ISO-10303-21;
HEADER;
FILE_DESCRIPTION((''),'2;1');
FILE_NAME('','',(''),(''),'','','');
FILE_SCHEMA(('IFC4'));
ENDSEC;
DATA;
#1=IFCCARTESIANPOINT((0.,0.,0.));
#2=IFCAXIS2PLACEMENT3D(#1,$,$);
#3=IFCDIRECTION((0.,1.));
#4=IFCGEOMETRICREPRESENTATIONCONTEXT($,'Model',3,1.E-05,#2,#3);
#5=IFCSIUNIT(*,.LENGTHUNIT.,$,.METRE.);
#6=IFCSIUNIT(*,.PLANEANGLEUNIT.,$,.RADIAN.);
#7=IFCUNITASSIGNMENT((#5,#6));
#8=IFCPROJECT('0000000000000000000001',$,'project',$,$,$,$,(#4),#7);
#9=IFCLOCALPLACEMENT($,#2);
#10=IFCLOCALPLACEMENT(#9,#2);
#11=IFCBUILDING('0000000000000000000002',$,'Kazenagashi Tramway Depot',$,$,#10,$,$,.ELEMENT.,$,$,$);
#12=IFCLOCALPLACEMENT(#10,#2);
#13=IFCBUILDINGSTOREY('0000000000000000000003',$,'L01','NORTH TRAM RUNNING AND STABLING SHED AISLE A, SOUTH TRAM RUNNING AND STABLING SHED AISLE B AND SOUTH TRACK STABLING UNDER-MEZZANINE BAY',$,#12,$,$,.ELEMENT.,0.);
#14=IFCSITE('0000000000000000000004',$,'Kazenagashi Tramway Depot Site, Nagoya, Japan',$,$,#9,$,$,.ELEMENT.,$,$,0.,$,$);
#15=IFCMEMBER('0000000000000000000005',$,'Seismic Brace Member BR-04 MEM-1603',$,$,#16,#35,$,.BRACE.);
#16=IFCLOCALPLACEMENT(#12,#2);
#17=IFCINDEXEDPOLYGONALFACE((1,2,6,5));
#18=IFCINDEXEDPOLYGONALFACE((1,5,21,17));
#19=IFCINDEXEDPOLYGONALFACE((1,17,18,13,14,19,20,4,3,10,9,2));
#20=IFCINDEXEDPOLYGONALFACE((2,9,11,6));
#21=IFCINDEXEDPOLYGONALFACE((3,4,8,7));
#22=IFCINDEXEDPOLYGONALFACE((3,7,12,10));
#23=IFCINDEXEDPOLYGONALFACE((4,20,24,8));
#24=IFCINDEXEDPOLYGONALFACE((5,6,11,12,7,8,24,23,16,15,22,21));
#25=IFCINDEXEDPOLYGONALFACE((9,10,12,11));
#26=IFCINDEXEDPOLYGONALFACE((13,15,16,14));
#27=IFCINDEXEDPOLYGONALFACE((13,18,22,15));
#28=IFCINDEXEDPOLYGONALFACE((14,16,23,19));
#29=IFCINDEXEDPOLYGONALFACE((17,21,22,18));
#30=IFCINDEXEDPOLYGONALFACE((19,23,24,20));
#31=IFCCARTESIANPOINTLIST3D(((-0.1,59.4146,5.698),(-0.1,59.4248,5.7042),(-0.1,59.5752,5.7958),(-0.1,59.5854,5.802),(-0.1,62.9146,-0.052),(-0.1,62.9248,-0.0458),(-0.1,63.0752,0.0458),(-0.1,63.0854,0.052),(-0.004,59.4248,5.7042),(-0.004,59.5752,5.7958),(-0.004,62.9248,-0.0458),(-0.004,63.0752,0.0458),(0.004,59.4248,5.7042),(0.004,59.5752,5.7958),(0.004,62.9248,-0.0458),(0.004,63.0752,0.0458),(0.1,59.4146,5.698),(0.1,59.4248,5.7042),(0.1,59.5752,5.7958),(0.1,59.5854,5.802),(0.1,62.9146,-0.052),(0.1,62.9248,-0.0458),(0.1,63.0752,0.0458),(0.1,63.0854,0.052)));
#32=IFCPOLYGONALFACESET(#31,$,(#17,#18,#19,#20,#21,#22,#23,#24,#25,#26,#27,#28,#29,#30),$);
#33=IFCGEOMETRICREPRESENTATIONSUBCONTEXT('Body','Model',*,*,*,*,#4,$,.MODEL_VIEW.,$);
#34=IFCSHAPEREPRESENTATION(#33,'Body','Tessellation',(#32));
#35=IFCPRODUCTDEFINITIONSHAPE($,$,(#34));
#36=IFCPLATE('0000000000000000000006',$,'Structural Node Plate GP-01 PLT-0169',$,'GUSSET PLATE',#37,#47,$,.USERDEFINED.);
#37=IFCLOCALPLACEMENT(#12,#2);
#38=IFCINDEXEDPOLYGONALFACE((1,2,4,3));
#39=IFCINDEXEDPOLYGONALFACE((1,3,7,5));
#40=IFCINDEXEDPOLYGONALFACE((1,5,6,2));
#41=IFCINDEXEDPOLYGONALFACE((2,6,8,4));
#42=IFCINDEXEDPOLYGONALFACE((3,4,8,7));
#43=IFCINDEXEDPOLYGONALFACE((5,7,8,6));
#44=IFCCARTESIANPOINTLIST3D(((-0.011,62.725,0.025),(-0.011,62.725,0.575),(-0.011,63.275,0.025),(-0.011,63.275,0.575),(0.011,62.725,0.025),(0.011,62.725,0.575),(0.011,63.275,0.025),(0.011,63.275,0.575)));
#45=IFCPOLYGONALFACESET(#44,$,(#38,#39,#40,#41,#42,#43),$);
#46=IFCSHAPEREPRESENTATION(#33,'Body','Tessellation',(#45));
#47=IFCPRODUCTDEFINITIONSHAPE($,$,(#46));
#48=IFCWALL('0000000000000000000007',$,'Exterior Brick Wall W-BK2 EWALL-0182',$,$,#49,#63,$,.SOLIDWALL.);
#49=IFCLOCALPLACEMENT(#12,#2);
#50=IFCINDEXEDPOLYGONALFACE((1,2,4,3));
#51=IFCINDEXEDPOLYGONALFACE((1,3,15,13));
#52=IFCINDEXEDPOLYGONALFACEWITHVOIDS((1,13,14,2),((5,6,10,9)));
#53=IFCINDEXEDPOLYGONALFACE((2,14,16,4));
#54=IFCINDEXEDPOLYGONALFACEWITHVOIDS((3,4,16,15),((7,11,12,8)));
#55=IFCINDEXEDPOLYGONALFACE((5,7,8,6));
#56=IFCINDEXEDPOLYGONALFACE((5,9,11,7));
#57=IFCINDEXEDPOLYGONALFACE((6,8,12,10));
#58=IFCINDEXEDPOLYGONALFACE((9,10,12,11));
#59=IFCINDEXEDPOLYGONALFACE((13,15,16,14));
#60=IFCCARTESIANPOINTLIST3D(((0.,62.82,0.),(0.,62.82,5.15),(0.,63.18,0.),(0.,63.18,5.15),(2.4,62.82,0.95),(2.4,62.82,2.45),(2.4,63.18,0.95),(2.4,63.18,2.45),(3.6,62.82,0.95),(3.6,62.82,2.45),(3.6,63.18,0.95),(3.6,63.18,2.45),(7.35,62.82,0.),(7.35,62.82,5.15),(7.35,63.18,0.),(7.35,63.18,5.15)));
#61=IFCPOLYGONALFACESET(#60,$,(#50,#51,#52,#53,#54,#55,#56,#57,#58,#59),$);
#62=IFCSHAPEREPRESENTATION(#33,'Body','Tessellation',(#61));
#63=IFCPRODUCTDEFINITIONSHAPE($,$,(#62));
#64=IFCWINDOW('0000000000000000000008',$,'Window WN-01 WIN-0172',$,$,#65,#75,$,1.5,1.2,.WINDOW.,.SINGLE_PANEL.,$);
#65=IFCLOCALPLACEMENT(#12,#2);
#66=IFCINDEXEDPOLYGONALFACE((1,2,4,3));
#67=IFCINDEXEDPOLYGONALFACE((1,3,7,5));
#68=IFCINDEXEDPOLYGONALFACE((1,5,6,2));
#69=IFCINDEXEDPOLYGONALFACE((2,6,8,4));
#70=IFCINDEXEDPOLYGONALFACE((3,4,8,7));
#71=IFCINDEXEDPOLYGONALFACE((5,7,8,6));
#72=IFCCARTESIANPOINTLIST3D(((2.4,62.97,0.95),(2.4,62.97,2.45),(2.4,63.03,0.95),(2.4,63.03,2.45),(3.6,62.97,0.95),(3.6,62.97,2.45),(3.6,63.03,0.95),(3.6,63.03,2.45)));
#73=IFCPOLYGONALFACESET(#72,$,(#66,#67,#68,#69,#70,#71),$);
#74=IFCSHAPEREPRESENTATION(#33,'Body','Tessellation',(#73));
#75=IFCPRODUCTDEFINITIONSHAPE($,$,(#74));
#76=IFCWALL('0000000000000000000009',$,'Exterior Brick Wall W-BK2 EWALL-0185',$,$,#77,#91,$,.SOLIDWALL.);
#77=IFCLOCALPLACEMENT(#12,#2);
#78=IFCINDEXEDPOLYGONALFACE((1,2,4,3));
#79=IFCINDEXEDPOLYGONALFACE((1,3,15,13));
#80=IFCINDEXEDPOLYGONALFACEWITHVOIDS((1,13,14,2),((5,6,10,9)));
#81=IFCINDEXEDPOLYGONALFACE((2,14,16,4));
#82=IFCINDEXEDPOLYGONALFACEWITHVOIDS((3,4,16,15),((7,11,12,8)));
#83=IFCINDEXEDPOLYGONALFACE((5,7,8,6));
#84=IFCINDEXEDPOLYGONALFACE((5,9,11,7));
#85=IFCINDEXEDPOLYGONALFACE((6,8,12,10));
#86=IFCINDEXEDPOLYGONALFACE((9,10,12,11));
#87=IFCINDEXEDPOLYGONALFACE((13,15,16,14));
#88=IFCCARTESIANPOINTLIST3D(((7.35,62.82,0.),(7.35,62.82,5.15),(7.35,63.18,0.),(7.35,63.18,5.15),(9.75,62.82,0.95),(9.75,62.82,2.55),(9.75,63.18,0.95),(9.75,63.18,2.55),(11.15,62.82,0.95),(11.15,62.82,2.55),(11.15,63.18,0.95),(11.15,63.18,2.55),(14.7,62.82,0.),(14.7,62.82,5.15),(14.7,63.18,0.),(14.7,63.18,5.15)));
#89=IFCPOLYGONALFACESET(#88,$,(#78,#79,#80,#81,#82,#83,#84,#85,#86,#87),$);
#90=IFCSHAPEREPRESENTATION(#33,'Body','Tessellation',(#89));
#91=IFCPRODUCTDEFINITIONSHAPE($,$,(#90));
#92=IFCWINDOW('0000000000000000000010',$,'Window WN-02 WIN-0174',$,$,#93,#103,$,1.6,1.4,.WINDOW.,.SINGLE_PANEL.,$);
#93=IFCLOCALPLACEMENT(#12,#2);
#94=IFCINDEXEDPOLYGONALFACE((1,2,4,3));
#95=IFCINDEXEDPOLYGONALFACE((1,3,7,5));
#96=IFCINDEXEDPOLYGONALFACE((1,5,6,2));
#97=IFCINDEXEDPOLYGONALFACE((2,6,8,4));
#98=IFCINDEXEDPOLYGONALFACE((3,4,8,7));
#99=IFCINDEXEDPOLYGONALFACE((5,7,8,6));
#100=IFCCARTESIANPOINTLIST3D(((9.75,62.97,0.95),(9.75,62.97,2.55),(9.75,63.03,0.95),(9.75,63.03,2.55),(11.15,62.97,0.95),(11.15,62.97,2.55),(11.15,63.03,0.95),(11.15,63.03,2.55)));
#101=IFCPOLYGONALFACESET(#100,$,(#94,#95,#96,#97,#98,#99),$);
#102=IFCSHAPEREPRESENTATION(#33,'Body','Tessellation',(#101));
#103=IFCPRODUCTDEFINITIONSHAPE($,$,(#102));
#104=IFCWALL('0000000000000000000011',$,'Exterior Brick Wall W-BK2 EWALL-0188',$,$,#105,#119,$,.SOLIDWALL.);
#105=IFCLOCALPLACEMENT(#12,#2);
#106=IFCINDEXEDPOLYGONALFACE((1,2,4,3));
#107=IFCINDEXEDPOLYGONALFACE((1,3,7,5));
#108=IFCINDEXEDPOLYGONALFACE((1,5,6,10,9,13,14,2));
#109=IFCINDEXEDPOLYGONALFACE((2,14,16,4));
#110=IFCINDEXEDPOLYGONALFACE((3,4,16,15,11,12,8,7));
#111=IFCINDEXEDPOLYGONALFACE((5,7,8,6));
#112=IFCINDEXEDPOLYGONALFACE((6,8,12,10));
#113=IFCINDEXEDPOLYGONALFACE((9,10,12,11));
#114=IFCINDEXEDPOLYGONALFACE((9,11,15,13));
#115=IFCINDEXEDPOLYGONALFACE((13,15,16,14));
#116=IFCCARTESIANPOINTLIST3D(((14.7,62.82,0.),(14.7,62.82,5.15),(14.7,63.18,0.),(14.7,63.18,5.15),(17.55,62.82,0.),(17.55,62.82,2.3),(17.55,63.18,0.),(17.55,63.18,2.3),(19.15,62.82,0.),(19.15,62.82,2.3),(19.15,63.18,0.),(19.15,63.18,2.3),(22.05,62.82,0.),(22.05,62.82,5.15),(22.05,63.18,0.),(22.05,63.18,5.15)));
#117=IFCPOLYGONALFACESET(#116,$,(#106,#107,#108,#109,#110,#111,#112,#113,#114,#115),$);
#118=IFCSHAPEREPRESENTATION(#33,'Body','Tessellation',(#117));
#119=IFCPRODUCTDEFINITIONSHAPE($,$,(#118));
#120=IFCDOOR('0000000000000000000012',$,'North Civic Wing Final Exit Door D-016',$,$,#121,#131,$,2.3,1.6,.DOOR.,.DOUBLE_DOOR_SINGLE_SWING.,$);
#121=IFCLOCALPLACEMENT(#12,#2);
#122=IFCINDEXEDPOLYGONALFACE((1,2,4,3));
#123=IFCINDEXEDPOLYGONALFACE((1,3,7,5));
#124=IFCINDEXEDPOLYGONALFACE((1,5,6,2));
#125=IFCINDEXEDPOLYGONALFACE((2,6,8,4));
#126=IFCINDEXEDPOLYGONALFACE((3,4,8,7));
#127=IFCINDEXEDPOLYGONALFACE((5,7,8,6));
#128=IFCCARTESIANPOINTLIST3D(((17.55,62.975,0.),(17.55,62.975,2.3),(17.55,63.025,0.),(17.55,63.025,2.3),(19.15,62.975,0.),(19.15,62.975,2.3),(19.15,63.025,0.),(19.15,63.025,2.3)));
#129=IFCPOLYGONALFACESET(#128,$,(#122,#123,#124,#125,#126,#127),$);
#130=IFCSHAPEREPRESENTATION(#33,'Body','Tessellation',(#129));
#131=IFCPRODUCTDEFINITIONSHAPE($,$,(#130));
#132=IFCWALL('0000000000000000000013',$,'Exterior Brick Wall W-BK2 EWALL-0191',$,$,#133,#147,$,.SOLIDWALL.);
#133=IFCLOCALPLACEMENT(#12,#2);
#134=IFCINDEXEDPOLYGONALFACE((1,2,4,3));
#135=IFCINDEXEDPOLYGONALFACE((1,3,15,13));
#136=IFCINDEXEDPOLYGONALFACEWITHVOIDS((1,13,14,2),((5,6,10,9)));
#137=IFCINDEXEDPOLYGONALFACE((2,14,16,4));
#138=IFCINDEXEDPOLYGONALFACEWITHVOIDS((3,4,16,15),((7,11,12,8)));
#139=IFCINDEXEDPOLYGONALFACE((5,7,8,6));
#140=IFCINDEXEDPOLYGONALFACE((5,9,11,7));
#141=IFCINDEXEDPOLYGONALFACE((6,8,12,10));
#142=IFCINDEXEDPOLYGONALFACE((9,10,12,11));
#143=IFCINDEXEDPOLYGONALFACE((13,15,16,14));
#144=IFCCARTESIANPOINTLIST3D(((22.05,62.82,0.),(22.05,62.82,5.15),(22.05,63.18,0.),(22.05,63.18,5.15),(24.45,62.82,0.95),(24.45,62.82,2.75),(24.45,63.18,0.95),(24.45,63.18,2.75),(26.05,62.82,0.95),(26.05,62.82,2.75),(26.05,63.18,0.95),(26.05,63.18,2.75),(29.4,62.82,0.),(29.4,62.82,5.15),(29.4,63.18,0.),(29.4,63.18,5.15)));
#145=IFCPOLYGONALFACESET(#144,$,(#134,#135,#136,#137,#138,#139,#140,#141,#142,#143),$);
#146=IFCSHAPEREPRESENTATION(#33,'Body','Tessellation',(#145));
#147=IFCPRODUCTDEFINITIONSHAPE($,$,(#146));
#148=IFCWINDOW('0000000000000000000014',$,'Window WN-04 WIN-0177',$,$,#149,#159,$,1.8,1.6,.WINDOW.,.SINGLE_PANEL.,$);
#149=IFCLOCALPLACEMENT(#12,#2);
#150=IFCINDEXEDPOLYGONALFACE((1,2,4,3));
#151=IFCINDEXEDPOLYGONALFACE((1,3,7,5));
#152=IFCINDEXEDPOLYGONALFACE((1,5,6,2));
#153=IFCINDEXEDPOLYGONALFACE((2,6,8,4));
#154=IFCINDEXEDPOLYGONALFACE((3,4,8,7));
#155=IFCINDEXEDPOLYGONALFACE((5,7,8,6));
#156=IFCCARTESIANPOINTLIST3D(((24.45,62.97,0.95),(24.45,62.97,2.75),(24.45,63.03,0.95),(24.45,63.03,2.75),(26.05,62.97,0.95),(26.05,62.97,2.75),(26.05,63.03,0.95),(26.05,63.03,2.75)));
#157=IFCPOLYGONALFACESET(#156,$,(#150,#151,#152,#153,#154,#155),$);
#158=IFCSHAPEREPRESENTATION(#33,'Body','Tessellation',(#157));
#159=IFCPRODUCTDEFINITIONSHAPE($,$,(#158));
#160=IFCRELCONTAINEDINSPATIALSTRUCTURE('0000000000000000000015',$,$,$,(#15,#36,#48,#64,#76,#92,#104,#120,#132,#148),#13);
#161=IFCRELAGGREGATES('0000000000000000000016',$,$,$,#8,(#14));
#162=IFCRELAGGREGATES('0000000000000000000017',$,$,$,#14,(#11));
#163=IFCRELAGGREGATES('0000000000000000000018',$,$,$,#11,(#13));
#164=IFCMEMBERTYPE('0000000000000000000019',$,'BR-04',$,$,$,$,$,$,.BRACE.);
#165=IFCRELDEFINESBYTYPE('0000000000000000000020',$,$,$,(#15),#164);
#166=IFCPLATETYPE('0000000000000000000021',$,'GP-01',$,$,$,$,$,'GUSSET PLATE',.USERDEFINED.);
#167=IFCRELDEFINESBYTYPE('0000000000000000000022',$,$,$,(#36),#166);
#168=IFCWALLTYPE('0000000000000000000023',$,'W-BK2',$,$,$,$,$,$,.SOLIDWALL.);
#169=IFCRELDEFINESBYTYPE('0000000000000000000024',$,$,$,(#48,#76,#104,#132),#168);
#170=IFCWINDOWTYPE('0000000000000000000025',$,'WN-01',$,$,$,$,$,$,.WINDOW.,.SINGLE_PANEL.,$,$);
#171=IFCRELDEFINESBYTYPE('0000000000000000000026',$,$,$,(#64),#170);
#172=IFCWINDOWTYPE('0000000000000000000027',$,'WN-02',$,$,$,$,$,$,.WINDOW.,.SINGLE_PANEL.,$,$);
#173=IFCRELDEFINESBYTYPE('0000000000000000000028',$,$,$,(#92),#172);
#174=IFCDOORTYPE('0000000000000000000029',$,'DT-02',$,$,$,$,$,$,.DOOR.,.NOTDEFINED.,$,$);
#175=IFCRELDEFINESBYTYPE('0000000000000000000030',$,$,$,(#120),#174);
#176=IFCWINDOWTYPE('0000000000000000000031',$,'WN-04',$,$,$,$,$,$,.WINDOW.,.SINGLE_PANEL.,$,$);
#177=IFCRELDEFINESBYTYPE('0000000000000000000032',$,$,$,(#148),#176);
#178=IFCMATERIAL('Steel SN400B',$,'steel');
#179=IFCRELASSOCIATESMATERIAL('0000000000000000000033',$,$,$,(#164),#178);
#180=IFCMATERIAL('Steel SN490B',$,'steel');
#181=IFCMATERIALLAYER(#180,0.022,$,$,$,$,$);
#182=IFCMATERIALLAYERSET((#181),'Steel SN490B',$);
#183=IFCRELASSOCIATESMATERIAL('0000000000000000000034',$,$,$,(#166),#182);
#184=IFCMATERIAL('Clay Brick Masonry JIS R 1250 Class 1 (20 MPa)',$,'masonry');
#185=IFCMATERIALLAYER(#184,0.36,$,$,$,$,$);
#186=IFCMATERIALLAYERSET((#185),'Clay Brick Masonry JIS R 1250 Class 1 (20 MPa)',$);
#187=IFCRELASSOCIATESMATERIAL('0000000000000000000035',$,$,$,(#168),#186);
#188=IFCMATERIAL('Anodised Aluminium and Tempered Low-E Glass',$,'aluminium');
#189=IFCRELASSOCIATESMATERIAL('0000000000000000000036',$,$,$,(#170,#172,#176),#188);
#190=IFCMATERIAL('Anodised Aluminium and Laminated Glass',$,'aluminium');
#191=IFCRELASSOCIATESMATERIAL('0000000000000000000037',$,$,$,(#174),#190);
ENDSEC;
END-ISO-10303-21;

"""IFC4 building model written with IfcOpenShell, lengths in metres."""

from ifc_helpers import new_model, si_unit, direction, frame, frame_2d, origin, origin_2d, place, context, subcontext, project, spatial, rectangle, i_section, extrude, material, layer, layer_set, material_profile, profile_set, type_object, element, fill, save


model = new_model("IFC4")

# Units and contexts
model_context = context("Model", 3, precision=1e-05, world=origin(), true_north=direction((0.0, 1.0)))
body_context = subcontext(model_context, "Body", "Model", "MODEL_VIEW")
ifc_project = project(units=[si_unit("LENGTHUNIT", "METRE"), si_unit("PLANEANGLEUNIT", "RADIAN")], contexts=[model_context])

# Site, building, storey
site_placement = place(None, origin())
site = spatial("IfcSite", under=ifc_project, at=site_placement, Name="Kazenagashi Tramway Depot Site, Nagoya, Japan", CompositionType="ELEMENT", RefElevation=0.0)
building_placement = place(site_placement, origin())
building = spatial("IfcBuilding", under=site, at=building_placement, Name="Kazenagashi Tramway Depot", CompositionType="ELEMENT")
storey_placement = place(building_placement, origin())
storey = spatial("IfcBuildingStorey", under=building, at=storey_placement, Name="L01", Description="NORTH TRAM RUNNING AND STABLING SHED AISLE A, SOUTH TRAM RUNNING AND STABLING SHED AISLE B AND SOUTH TRACK STABLING UNDER-MEZZANINE BAY", CompositionType="ELEMENT", Elevation=0.0)

# Shared definitions
ifc_material_1 = material(Name="Steel SN490B", Category="steel")

# Member
ifc_material_2 = material(Name="Steel SN400B", Category="steel")
ifc_material_profile_1 = material_profile(ifc_material_2, i_section(OverallWidth=0.2, OverallDepth=0.2, WebThickness=0.008, FlangeThickness=0.012, at=origin_2d()), Name="H-200x200x8x12")
ifc_profile_set_1 = profile_set([ifc_material_profile_1], Name="Steel SN400B")
member_type = type_object("IfcMemberType", Name="BR-04", PredefinedType="BRACE", material=ifc_profile_set_1)
member_placement = place(storey_placement, frame((0.0, 63.0, 0.0), z_axis=(0.0, -0.519947, 0.854199), x_axis=(1.0, 0.0, 0.0)))
element("IfcMember", 1, at=member_placement, inside=storey, type_object=member_type, Name="Seismic Brace Member BR-04 MEM-1603", PredefinedType="BRACE", context=body_context, shape_type="SweptSolid", body=[
    extrude(i_section(OverallWidth=0.2, OverallDepth=0.2, WebThickness=0.008, FlangeThickness=0.012, at=origin_2d()), origin(), (0.0, 0.0, 1.0), 6.7315),
])

# Plate
ifc_layer_1 = layer(ifc_material_1, 0.022)
ifc_layer_set_1 = layer_set([ifc_layer_1], Name="Steel SN490B")
plate_type = type_object("IfcPlateType", Name="GP-01", ElementType="GUSSET PLATE", PredefinedType="USERDEFINED", material=ifc_layer_set_1)
plate_placement = place(storey_placement, frame((0.0, 63.0, 0.025), z_axis=(0.0, 0.0, 1.0), x_axis=(0.0, 1.0, 0.0)))
element("IfcPlate", 2, at=plate_placement, inside=storey, type_object=plate_type, Name="Structural Node Plate GP-01 PLT-0169", ObjectType="GUSSET PLATE", PredefinedType="USERDEFINED", context=body_context, shape_type="SweptSolid", body=[
    extrude(rectangle(XDim=0.55, YDim=0.022, at=origin_2d()), origin(), (0.0, 0.0, 1.0), 0.55),
])

# Walls, openings, windows
ifc_material_3 = material(Name="Clay Brick Masonry JIS R 1250 Class 1 (20 MPa)", Category="masonry")
ifc_layer_2 = layer(ifc_material_3, 0.36)
ifc_layer_set_2 = layer_set([ifc_layer_2], Name="Clay Brick Masonry JIS R 1250 Class 1 (20 MPa)")
wall_type = type_object("IfcWallType", Name="W-BK2", PredefinedType="SOLIDWALL", material=ifc_layer_set_2)
wall_1_placement = place(storey_placement, frame((0.0, 63.0, 0.0), z_axis=(0.0, 0.0, 1.0), x_axis=(1.0, 0.0, 0.0)))
wall_1 = element("IfcWall", 3, at=wall_1_placement, inside=storey, type_object=wall_type, Name="Exterior Brick Wall W-BK2 EWALL-0182", PredefinedType="SOLIDWALL", context=body_context, shape_type="SweptSolid", body=[
    extrude(rectangle(XDim=7.35, YDim=0.36, at=frame_2d((3.675, 0.0))), origin(), (0.0, 0.0, 1.0), 5.15),
])
opening_1_placement = place(wall_1_placement, frame((2.4, 0.0, 0.95)))
opening_1 = element("IfcOpeningElement", 4, at=opening_1_placement, cuts=wall_1, PredefinedType="OPENING", context=body_context, shape_type="SweptSolid", body=[
    extrude(rectangle(XDim=1.2, YDim=1.5, at=frame_2d((0.6, 0.75))), frame((0.0, 0.19, 0.0), z_axis=(0.0, -1.0, 0.0), x_axis=(1.0, 0.0, 0.0)), (0.0, 0.0, 1.0), 0.38),
])
ifc_material_4 = material(Name="Anodised Aluminium and Tempered Low-E Glass", Category="aluminium")
window_type_1 = type_object("IfcWindowType", Name="WN-01", PartitioningType="SINGLE_PANEL", PredefinedType="WINDOW", material=ifc_material_4)
window_1_placement = place(opening_1_placement, origin())
window_1 = element("IfcWindow", 5, at=window_1_placement, inside=storey, type_object=window_type_1, Name="Window WN-01 WIN-0172", OverallHeight=1.5, OverallWidth=1.2, PartitioningType="SINGLE_PANEL", PredefinedType="WINDOW", context=body_context, shape_type="SweptSolid", body=[
    extrude(rectangle(XDim=1.2, YDim=1.5, at=frame_2d((0.6, 0.75))), frame((0.0, 0.03, 0.0), z_axis=(0.0, -1.0, 0.0), x_axis=(1.0, 0.0, 0.0)), (0.0, 0.0, 1.0), 0.06),
])
fill(opening_1, window_1)
wall_2_placement = place(storey_placement, frame((7.35, 63.0, 0.0), z_axis=(0.0, 0.0, 1.0), x_axis=(1.0, 0.0, 0.0)))
wall_2 = element("IfcWall", 6, at=wall_2_placement, inside=storey, type_object=wall_type, Name="Exterior Brick Wall W-BK2 EWALL-0185", PredefinedType="SOLIDWALL", context=body_context, shape_type="SweptSolid", body=[
    extrude(rectangle(XDim=7.35, YDim=0.36, at=frame_2d((3.675, 0.0))), origin(), (0.0, 0.0, 1.0), 5.15),
])
opening_2_placement = place(wall_2_placement, frame((2.4, 0.0, 0.95)))
opening_2 = element("IfcOpeningElement", 7, at=opening_2_placement, cuts=wall_2, PredefinedType="OPENING", context=body_context, shape_type="SweptSolid", body=[
    extrude(rectangle(XDim=1.4, YDim=1.6, at=frame_2d((0.7, 0.8))), frame((0.0, 0.19, 0.0), z_axis=(0.0, -1.0, 0.0), x_axis=(1.0, 0.0, 0.0)), (0.0, 0.0, 1.0), 0.38),
])
window_type_2 = type_object("IfcWindowType", Name="WN-02", PartitioningType="SINGLE_PANEL", PredefinedType="WINDOW", material=ifc_material_4)
window_2_placement = place(opening_2_placement, origin())
window_2 = element("IfcWindow", 8, at=window_2_placement, inside=storey, type_object=window_type_2, Name="Window WN-02 WIN-0174", OverallHeight=1.6, OverallWidth=1.4, PartitioningType="SINGLE_PANEL", PredefinedType="WINDOW", context=body_context, shape_type="SweptSolid", body=[
    extrude(rectangle(XDim=1.4, YDim=1.6, at=frame_2d((0.7, 0.8))), frame((0.0, 0.03, 0.0), z_axis=(0.0, -1.0, 0.0), x_axis=(1.0, 0.0, 0.0)), (0.0, 0.0, 1.0), 0.06),
])
fill(opening_2, window_2)

# Wall, opening, door
wall_3_placement = place(storey_placement, frame((14.7, 63.0, 0.0), z_axis=(0.0, 0.0, 1.0), x_axis=(1.0, 0.0, 0.0)))
wall_3 = element("IfcWall", 9, at=wall_3_placement, inside=storey, type_object=wall_type, Name="Exterior Brick Wall W-BK2 EWALL-0188", PredefinedType="SOLIDWALL", context=body_context, shape_type="SweptSolid", body=[
    extrude(rectangle(XDim=7.35, YDim=0.36, at=frame_2d((3.675, 0.0))), origin(), (0.0, 0.0, 1.0), 5.15),
])
opening_3_placement = place(wall_3_placement, frame((2.85, 0.0, 0.0)))
opening_3 = element("IfcOpeningElement", 10, at=opening_3_placement, cuts=wall_3, PredefinedType="OPENING", context=body_context, shape_type="SweptSolid", body=[
    extrude(rectangle(XDim=1.6, YDim=2.3, at=frame_2d((0.8, 1.15))), frame((0.0, 0.19, 0.0), z_axis=(0.0, -1.0, 0.0), x_axis=(1.0, 0.0, 0.0)), (0.0, 0.0, 1.0), 0.38),
])
ifc_material_5 = material(Name="Anodised Aluminium and Laminated Glass", Category="aluminium")
door_type = type_object("IfcDoorType", Name="DT-02", OperationType="NOTDEFINED", PredefinedType="DOOR", material=ifc_material_5)
door_placement = place(opening_3_placement, origin())
door = element("IfcDoor", 11, at=door_placement, inside=storey, type_object=door_type, Name="North Civic Wing Final Exit Door D-016", OperationType="DOUBLE_DOOR_SINGLE_SWING", OverallHeight=2.3, OverallWidth=1.6, PredefinedType="DOOR", context=body_context, shape_type="SweptSolid", body=[
    extrude(rectangle(XDim=1.6, YDim=2.3, at=frame_2d((0.8, 1.15))), frame((0.0, 0.025, 0.0), z_axis=(0.0, -1.0, 0.0), x_axis=(1.0, 0.0, 0.0)), (0.0, 0.0, 1.0), 0.05),
])
fill(opening_3, door)

# Wall, opening, window
wall_4_placement = place(storey_placement, frame((22.05, 63.0, 0.0), z_axis=(0.0, 0.0, 1.0), x_axis=(1.0, 0.0, 0.0)))
wall_4 = element("IfcWall", 12, at=wall_4_placement, inside=storey, type_object=wall_type, Name="Exterior Brick Wall W-BK2 EWALL-0191", PredefinedType="SOLIDWALL", context=body_context, shape_type="SweptSolid", body=[
    extrude(rectangle(XDim=7.35, YDim=0.36, at=frame_2d((3.675, 0.0))), origin(), (0.0, 0.0, 1.0), 5.15),
])
opening_4_placement = place(wall_4_placement, frame((2.4, 0.0, 0.95)))
opening_4 = element("IfcOpeningElement", 13, at=opening_4_placement, cuts=wall_4, PredefinedType="OPENING", context=body_context, shape_type="SweptSolid", body=[
    extrude(rectangle(XDim=1.6, YDim=1.8, at=frame_2d((0.8, 0.9))), frame((0.0, 0.19, 0.0), z_axis=(0.0, -1.0, 0.0), x_axis=(1.0, 0.0, 0.0)), (0.0, 0.0, 1.0), 0.38),
])
window_type_3 = type_object("IfcWindowType", Name="WN-04", PartitioningType="SINGLE_PANEL", PredefinedType="WINDOW", material=ifc_material_4)
window_3_placement = place(opening_4_placement, origin())
window_3 = element("IfcWindow", 14, at=window_3_placement, inside=storey, type_object=window_type_3, Name="Window WN-04 WIN-0177", OverallHeight=1.8, OverallWidth=1.6, PartitioningType="SINGLE_PANEL", PredefinedType="WINDOW", context=body_context, shape_type="SweptSolid", body=[
    extrude(rectangle(XDim=1.6, YDim=1.8, at=frame_2d((0.8, 0.9))), frame((0.0, 0.03, 0.0), z_axis=(0.0, -1.0, 0.0), x_axis=(1.0, 0.0, 0.0)), (0.0, 0.0, 1.0), 0.06),
])
fill(opening_4, window_3)

save(model, "model.ifc")
